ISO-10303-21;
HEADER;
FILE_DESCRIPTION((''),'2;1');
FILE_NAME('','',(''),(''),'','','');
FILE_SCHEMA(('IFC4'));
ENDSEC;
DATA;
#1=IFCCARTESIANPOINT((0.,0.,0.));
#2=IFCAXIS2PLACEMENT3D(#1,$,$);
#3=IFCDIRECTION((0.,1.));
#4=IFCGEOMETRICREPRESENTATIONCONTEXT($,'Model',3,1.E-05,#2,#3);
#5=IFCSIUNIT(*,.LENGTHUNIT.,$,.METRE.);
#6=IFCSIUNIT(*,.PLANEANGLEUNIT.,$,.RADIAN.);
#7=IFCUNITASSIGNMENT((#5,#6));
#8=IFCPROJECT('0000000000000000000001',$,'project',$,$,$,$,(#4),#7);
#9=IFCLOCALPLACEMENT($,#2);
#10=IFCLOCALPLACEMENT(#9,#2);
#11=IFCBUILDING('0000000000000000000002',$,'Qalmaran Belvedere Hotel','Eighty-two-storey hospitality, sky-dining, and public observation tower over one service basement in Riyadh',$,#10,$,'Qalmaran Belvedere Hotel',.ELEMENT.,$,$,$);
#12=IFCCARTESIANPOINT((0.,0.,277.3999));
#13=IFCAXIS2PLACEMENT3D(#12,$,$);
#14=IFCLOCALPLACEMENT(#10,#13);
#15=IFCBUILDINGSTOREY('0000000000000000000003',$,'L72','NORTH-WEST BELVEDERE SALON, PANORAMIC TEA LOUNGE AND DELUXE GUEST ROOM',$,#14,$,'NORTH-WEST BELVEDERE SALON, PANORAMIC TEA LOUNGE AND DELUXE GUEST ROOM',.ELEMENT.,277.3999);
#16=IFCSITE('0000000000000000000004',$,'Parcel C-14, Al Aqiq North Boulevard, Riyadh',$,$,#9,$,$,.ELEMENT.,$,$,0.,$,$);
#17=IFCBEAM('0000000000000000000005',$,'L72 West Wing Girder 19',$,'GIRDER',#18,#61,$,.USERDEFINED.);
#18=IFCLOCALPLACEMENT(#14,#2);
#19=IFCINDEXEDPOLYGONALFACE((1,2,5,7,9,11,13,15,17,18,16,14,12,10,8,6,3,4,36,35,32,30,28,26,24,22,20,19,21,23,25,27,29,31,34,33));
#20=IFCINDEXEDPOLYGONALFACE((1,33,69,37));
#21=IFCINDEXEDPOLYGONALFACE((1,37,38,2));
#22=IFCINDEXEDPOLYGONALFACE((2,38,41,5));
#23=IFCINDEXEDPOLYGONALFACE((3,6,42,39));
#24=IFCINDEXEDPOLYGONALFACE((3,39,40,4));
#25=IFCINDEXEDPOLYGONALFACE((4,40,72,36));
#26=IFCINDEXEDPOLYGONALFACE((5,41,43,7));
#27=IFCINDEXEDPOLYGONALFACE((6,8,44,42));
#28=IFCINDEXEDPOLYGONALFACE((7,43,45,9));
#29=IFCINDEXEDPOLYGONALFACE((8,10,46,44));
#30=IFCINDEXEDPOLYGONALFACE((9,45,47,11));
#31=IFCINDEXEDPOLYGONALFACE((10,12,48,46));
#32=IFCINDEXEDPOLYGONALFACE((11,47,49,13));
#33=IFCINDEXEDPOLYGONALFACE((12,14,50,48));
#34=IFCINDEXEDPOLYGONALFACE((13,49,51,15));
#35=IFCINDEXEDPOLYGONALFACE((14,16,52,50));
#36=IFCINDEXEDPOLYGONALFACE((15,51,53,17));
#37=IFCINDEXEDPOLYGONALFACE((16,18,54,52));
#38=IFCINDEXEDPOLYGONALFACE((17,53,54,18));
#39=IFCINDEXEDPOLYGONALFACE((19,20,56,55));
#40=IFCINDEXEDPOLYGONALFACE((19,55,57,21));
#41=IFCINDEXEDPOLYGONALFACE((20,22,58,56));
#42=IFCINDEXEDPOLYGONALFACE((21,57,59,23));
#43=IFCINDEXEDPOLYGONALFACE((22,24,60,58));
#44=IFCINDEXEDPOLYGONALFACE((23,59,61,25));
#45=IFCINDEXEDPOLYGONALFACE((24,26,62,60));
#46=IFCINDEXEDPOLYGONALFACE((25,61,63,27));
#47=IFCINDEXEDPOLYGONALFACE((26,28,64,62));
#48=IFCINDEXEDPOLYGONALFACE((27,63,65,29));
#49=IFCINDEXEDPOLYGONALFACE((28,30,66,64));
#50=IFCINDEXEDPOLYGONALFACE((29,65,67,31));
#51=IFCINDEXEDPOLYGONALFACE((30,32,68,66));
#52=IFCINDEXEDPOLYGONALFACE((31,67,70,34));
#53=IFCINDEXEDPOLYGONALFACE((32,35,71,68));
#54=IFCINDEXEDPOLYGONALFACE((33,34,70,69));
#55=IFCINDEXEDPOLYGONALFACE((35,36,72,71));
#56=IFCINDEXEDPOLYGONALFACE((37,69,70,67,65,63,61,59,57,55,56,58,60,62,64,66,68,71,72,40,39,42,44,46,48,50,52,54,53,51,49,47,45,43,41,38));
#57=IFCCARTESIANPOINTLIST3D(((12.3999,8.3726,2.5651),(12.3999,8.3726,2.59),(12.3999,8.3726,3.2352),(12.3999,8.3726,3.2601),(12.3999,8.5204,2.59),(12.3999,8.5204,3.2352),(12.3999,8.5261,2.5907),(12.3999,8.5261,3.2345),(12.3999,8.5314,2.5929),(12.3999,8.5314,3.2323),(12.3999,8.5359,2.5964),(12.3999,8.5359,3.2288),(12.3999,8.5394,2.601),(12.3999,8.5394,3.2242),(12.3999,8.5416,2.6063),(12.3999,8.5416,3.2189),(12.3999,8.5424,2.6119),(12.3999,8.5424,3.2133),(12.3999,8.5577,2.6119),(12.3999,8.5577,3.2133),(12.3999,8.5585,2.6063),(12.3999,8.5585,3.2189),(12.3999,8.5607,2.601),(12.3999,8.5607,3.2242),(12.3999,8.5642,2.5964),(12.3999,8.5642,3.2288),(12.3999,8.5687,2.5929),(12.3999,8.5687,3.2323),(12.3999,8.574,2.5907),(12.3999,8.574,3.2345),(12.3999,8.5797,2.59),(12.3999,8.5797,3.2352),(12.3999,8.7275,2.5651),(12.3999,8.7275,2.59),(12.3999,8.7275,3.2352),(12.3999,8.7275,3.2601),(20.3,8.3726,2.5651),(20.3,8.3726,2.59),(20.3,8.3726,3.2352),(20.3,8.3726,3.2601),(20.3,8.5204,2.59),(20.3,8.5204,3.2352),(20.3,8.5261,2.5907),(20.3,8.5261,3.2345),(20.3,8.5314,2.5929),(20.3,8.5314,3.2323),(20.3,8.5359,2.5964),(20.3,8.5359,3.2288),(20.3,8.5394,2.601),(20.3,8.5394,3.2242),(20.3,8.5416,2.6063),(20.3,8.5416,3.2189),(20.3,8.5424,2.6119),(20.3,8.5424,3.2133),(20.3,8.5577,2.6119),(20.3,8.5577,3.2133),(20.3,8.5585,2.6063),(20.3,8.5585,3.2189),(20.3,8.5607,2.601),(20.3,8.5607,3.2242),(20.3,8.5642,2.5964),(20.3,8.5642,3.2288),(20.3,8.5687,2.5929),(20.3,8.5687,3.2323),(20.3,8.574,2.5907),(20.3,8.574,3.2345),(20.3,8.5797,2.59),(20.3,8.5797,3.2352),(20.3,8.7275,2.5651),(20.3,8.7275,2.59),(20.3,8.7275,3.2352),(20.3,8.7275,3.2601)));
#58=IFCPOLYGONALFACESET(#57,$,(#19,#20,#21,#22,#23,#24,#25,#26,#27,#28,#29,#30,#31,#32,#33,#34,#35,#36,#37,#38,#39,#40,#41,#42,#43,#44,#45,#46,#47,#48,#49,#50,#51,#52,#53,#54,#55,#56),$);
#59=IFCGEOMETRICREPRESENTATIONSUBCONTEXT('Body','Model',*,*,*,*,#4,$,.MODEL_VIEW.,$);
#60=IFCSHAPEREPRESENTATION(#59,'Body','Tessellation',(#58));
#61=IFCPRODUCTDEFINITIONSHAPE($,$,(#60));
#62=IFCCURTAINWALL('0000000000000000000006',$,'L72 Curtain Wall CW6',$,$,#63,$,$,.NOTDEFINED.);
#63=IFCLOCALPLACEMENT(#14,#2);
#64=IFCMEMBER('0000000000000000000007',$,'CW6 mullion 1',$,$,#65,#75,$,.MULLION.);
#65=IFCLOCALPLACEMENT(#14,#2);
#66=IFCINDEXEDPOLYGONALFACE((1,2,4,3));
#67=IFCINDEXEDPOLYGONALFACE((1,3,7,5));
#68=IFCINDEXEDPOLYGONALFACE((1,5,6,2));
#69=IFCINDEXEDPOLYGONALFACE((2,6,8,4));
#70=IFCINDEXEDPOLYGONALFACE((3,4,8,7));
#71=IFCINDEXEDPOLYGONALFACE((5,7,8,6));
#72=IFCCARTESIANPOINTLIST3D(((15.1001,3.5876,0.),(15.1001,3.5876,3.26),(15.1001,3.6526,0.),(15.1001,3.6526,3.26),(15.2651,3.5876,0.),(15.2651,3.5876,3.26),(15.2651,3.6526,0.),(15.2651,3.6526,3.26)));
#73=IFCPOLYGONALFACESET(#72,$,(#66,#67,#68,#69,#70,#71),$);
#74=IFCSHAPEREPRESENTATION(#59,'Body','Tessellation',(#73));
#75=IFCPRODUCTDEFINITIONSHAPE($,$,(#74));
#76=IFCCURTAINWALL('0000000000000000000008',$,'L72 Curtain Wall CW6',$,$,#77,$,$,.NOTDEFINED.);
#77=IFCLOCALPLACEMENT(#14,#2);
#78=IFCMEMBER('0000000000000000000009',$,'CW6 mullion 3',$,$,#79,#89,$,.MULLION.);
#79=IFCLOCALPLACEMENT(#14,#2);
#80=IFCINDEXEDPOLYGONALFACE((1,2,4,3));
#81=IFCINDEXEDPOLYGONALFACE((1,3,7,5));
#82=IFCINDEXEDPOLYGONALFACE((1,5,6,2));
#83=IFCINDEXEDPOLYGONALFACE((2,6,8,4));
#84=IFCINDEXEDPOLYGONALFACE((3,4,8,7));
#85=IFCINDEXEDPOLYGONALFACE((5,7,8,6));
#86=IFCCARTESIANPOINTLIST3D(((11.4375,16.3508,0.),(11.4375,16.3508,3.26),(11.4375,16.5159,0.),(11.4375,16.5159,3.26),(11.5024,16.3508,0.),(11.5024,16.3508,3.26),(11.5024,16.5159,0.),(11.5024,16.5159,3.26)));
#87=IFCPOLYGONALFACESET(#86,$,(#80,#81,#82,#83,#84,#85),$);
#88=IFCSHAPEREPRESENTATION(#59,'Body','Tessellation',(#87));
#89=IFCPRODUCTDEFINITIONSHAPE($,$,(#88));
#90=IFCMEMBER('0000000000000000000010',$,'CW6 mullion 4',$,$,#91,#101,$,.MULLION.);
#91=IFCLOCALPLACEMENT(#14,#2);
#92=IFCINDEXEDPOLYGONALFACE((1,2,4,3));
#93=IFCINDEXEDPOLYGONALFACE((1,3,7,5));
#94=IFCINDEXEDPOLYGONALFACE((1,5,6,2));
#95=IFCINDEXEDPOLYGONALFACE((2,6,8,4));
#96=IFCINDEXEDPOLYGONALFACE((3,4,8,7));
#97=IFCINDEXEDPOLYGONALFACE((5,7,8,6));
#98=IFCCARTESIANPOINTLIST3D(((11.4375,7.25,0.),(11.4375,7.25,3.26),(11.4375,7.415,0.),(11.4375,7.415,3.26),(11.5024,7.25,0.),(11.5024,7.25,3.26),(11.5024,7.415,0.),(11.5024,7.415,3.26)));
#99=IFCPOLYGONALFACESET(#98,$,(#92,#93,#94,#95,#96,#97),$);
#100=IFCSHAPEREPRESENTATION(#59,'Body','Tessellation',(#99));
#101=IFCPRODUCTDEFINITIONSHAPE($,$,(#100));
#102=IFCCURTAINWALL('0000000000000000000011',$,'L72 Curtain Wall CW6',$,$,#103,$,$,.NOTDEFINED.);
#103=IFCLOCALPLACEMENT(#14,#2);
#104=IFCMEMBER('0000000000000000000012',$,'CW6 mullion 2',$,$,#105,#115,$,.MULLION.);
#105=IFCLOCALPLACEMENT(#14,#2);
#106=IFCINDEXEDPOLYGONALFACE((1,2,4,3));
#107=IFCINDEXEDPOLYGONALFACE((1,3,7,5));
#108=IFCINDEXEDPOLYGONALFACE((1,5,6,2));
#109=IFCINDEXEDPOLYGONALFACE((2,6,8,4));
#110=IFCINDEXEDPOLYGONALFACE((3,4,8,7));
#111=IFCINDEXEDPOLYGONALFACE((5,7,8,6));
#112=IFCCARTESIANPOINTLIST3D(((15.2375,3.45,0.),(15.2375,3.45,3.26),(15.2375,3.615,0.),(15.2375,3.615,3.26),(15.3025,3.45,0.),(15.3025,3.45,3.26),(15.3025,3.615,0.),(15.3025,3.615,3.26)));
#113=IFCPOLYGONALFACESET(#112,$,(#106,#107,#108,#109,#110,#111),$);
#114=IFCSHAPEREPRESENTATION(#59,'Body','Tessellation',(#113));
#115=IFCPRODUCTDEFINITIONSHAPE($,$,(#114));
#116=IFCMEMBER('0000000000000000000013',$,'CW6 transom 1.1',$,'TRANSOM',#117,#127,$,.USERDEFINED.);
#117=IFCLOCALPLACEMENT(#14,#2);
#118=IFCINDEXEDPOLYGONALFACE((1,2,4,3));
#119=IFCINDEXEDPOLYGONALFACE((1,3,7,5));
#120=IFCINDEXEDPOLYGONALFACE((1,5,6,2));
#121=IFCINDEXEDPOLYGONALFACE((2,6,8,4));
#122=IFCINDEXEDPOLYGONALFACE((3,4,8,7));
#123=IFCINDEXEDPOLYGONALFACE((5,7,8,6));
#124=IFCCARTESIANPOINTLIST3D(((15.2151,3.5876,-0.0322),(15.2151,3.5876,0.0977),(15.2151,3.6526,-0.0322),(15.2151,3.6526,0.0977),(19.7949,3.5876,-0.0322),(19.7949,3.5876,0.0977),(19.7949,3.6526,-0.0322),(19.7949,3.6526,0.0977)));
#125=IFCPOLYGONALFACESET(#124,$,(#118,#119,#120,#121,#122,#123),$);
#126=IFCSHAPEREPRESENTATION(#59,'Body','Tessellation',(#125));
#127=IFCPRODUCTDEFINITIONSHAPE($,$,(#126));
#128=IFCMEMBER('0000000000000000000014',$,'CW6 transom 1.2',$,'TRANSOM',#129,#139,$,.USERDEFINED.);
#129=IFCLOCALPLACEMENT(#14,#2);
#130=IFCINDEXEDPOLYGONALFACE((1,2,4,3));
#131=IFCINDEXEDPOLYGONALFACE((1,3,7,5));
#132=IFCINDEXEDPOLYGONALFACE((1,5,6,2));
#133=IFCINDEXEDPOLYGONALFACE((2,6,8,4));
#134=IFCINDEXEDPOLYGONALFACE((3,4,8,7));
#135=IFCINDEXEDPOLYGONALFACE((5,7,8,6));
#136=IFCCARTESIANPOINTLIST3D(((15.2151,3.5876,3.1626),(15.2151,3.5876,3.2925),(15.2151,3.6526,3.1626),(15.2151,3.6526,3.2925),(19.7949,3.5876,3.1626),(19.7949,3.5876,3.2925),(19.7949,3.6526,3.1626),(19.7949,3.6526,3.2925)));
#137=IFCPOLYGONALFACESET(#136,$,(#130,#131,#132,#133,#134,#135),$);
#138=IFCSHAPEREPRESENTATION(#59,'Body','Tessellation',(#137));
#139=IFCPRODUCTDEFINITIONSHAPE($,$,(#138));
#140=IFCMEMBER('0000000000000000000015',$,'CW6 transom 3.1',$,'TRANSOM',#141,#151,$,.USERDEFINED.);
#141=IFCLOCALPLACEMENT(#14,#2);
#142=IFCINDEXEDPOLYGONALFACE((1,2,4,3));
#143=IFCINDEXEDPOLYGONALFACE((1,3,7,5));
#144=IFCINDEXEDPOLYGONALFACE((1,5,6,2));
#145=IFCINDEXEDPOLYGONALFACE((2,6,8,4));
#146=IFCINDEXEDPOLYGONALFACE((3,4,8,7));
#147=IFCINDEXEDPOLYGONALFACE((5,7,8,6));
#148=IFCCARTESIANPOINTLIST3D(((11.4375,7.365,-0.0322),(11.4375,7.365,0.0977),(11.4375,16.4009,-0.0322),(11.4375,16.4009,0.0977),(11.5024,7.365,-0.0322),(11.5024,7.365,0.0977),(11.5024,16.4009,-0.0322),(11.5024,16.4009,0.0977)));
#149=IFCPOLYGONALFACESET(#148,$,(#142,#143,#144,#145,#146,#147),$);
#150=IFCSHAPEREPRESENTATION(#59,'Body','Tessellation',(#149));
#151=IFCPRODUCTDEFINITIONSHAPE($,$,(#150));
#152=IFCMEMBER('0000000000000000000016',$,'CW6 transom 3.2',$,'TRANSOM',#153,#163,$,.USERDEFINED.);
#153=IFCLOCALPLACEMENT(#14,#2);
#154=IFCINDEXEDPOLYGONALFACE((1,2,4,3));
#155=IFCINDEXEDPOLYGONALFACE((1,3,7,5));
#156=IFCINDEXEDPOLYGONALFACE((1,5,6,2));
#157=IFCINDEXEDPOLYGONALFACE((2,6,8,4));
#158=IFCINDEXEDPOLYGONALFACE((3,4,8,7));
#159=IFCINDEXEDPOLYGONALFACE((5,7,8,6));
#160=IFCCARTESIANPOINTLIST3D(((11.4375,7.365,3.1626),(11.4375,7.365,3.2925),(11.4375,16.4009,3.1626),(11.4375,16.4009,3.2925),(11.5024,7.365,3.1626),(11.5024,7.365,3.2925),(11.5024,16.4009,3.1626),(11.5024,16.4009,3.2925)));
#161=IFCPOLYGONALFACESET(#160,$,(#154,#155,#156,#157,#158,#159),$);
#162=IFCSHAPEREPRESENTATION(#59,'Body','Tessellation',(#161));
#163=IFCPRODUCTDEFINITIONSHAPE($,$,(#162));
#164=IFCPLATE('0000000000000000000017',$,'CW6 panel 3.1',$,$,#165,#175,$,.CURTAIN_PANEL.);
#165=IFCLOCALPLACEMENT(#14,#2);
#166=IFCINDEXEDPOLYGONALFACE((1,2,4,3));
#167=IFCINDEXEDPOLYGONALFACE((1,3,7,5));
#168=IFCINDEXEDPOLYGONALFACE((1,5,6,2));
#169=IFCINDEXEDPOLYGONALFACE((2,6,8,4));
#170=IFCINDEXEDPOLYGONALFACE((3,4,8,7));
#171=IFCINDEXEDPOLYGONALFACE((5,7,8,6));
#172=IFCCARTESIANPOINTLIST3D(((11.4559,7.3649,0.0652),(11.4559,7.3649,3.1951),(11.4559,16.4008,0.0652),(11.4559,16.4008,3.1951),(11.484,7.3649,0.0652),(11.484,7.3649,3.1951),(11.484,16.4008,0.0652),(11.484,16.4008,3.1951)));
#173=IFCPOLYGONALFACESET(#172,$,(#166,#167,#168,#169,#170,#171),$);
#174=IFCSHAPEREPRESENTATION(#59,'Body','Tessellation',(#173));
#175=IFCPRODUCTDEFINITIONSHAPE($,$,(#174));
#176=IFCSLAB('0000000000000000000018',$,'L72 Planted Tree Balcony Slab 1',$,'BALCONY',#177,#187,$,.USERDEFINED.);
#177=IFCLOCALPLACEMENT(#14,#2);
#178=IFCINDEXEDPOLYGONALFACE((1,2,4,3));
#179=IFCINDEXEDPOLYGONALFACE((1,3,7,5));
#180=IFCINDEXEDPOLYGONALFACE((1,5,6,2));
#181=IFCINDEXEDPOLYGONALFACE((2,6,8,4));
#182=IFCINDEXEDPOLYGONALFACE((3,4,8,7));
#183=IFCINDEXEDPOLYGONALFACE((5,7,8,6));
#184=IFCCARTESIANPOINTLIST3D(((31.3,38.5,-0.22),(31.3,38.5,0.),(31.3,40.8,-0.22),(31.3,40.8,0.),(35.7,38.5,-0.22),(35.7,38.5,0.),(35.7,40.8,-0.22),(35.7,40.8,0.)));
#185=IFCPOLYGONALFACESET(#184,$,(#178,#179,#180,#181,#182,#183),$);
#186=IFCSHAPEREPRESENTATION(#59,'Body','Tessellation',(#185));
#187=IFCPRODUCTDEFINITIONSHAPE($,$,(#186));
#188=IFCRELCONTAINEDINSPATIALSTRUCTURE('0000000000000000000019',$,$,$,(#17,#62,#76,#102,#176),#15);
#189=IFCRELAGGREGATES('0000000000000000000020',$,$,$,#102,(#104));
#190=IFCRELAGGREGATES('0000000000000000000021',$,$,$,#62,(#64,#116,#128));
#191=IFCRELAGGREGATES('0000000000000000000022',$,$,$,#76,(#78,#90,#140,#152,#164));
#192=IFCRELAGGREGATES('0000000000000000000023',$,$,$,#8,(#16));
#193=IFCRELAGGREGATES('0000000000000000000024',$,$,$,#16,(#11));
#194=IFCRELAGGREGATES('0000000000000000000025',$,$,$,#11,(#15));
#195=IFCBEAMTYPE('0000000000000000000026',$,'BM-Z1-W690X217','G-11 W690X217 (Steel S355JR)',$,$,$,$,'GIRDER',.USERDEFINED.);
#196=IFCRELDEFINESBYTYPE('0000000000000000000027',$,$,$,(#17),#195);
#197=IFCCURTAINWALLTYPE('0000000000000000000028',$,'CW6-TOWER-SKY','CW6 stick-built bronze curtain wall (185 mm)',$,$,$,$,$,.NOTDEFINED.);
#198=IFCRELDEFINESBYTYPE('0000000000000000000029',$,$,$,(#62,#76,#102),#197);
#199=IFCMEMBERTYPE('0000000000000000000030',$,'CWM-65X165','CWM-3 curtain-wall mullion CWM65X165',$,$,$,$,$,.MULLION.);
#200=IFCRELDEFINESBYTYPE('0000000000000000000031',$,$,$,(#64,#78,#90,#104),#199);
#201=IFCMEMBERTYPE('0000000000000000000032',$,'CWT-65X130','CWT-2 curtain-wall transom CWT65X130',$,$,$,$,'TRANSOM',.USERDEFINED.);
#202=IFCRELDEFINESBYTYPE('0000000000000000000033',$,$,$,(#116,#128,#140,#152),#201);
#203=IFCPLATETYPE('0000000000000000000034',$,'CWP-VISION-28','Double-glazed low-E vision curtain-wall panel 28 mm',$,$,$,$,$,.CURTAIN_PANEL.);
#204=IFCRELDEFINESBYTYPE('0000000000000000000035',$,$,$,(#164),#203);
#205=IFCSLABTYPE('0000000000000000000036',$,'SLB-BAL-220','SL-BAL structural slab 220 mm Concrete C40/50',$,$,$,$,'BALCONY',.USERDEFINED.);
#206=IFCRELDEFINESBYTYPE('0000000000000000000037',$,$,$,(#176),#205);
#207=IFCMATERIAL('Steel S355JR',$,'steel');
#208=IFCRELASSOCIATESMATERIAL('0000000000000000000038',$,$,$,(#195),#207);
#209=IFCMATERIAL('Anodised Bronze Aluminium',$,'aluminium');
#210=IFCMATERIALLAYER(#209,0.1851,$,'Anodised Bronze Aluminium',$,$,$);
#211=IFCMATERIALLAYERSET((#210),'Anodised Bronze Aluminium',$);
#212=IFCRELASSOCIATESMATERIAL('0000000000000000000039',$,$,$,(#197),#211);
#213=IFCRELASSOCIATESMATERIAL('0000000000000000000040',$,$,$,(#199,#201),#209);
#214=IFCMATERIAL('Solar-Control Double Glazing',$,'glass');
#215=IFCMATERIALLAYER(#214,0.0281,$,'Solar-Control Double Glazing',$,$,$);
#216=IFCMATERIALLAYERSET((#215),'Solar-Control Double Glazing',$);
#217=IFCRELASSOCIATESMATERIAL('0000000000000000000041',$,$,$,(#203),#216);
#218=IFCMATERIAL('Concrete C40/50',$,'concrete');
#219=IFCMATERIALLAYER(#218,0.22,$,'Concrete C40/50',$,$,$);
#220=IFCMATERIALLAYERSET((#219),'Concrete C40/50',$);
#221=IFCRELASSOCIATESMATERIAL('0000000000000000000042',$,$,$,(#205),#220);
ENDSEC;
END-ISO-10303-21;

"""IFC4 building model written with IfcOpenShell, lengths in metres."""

from ifc_helpers import new_model, si_unit, direction, frame, origin, origin_2d, place, context, subcontext, project, spatial, polyline, rectangle, i_section, outline, extrude, material, layer, layer_set, material_profile, profile_set, type_object, element, aggregate, save


model = new_model("IFC4")

# Units and contexts
model_context = context("Model", 3, precision=1e-05, world=origin(), true_north=direction((0.0, 1.0)))
body_context = subcontext(model_context, "Body", "Model", "MODEL_VIEW")
ifc_project = project(units=[si_unit("LENGTHUNIT", "METRE"), si_unit("PLANEANGLEUNIT", "RADIAN")], contexts=[model_context])

# Site, building, storey
site_placement = place(None, origin())
site = spatial("IfcSite", under=ifc_project, at=site_placement, Name="Parcel C-14, Al Aqiq North Boulevard, Riyadh", CompositionType="ELEMENT", RefElevation=0.0)
building_placement = place(site_placement, origin())
building = spatial("IfcBuilding", under=site, at=building_placement, Name="Qalmaran Belvedere Hotel", Description="Eighty-two-storey hospitality, sky-dining, and public observation tower over one service basement in Riyadh", LongName="Qalmaran Belvedere Hotel", CompositionType="ELEMENT")
storey_placement = place(building_placement, frame((0.0, 0.0, 277.3999)))
storey = spatial("IfcBuildingStorey", under=building, at=storey_placement, Name="L72", Description="NORTH-WEST BELVEDERE SALON, PANORAMIC TEA LOUNGE AND DELUXE GUEST ROOM", LongName="NORTH-WEST BELVEDERE SALON, PANORAMIC TEA LOUNGE AND DELUXE GUEST ROOM", CompositionType="ELEMENT", Elevation=277.3999)

# Beam
ifc_material_1 = material(Name="Steel S355JR", Category="steel")
ifc_material_profile_1 = material_profile(ifc_material_1, i_section(OverallWidth=0.355, OverallDepth=0.6951, WebThickness=0.0154, FlangeThickness=0.0249, FilletRadius=0.022, at=origin_2d()), Name="W690X217")
ifc_profile_set_1 = profile_set([ifc_material_profile_1], Name="Steel S355JR")
beam_type_1 = type_object("IfcBeamType", Name="BM-Z1-W690X217", Description="G-11 W690X217 (Steel S355JR)", ElementType="GIRDER", PredefinedType="USERDEFINED", material=ifc_profile_set_1)
beam_1_placement = place(storey_placement, frame((12.3999, 8.55, 2.9126), z_axis=(1.0, 0.0, 0.0), x_axis=(0.0, 1.0, 0.0)))
element("IfcBeam", 1, at=beam_1_placement, inside=storey, type_object=beam_type_1, Name="L72 West Wing Girder 19", ObjectType="GIRDER", PredefinedType="USERDEFINED", context=body_context, shape_type="SweptSolid", body=[
    extrude(i_section(OverallWidth=0.355, OverallDepth=0.6951, WebThickness=0.0154, FlangeThickness=0.0249, FilletRadius=0.022, at=origin_2d()), origin(), (0.0, 0.0, 1.0), 7.9001),
])

# Curtain wall, member
ifc_material_2 = material(Name="Anodised Bronze Aluminium", Category="aluminium")
ifc_layer_1 = layer(ifc_material_2, 0.1851, Name="Anodised Bronze Aluminium")
ifc_layer_set_1 = layer_set([ifc_layer_1], Name="Anodised Bronze Aluminium")
curtain_wall_type = type_object("IfcCurtainWallType", Name="CW6-TOWER-SKY", Description="CW6 stick-built bronze curtain wall (185 mm)", PredefinedType="NOTDEFINED", material=ifc_layer_set_1)
curtain_wall_1_placement = place(storey_placement, origin())
curtain_wall_1 = element("IfcCurtainWall", 2, at=curtain_wall_1_placement, inside=storey, type_object=curtain_wall_type, Name="L72 Curtain Wall CW6", PredefinedType="NOTDEFINED")
ifc_material_profile_2 = material_profile(ifc_material_2, rectangle(XDim=0.0649, YDim=0.165, at=origin_2d()), Name="CWM65X165")
ifc_profile_set_2 = profile_set([ifc_material_profile_2], Name="Anodised Bronze Aluminium")
member_type_1 = type_object("IfcMemberType", Name="CWM-65X165", Description="CWM-3 curtain-wall mullion CWM65X165", PredefinedType="MULLION", material=ifc_profile_set_2)
member_1_placement = place(storey_placement, frame((15.1826, 3.6201, 0.0), z_axis=(0.0, 0.0, 1.0), x_axis=(0.0, 1.0, 0.0)))
member_1 = element("IfcMember", 3, at=member_1_placement, type_object=member_type_1, Name="CW6 mullion 1", PredefinedType="MULLION", context=body_context, shape_type="SweptSolid", body=[
    extrude(rectangle(XDim=0.0649, YDim=0.165, at=origin_2d()), origin(), (0.0, 0.0, 1.0), 3.26),
])

# Curtain wall, members
curtain_wall_2_placement = place(storey_placement, origin())
curtain_wall_2 = element("IfcCurtainWall", 4, at=curtain_wall_2_placement, inside=storey, type_object=curtain_wall_type, Name="L72 Curtain Wall CW6", PredefinedType="NOTDEFINED")
member_2_placement = place(storey_placement, frame((11.47, 16.4333, 0.0), z_axis=(0.0, 0.0, 1.0), x_axis=(1.0, 0.0, 0.0)))
member_2 = element("IfcMember", 5, at=member_2_placement, type_object=member_type_1, Name="CW6 mullion 3", PredefinedType="MULLION", context=body_context, shape_type="SweptSolid", body=[
    extrude(rectangle(XDim=0.0649, YDim=0.165, at=origin_2d()), origin(), (0.0, 0.0, 1.0), 3.26),
])
member_3_placement = place(storey_placement, frame((11.47, 7.3325, 0.0), z_axis=(0.0, 0.0, 1.0), x_axis=(1.0, 0.0, 0.0)))
member_3 = element("IfcMember", 6, at=member_3_placement, type_object=member_type_1, Name="CW6 mullion 4", PredefinedType="MULLION", context=body_context, shape_type="SweptSolid", body=[
    extrude(rectangle(XDim=0.0649, YDim=0.165, at=origin_2d()), origin(), (0.0, 0.0, 1.0), 3.26),
])

# Curtain wall, member
curtain_wall_3_placement = place(storey_placement, origin())
curtain_wall_3 = element("IfcCurtainWall", 7, at=curtain_wall_3_placement, inside=storey, type_object=curtain_wall_type, Name="L72 Curtain Wall CW6", PredefinedType="NOTDEFINED")
member_4_placement = place(storey_placement, frame((15.27, 3.5325, 0.0), z_axis=(0.0, 0.0, 1.0), x_axis=(1.0, 0.0, 0.0)))
member_4 = element("IfcMember", 8, at=member_4_placement, type_object=member_type_1, Name="CW6 mullion 2", PredefinedType="MULLION", context=body_context, shape_type="SweptSolid", body=[
    extrude(rectangle(XDim=0.0649, YDim=0.165, at=origin_2d()), origin(), (0.0, 0.0, 1.0), 3.26),
])
aggregate(curtain_wall_3, [member_4])

# Members
ifc_material_profile_3 = material_profile(ifc_material_2, rectangle(XDim=0.0649, YDim=0.1299, at=origin_2d()), Name="CWT65X130")
ifc_profile_set_3 = profile_set([ifc_material_profile_3], Name="Anodised Bronze Aluminium")
member_type_2 = type_object("IfcMemberType", Name="CWT-65X130", Description="CWT-2 curtain-wall transom CWT65X130", ElementType="TRANSOM", PredefinedType="USERDEFINED", material=ifc_profile_set_3)
member_5_placement = place(storey_placement, frame((15.2151, 3.6201, 0.0327), z_axis=(1.0, 0.0, 0.0), x_axis=(0.0, 1.0, 0.0)))
member_5 = element("IfcMember", 9, at=member_5_placement, type_object=member_type_2, Name="CW6 transom 1.1", ObjectType="TRANSOM", PredefinedType="USERDEFINED", context=body_context, shape_type="SweptSolid", body=[
    extrude(rectangle(XDim=0.0649, YDim=0.1299, at=origin_2d()), origin(), (0.0, 0.0, 1.0), 4.5798),
])
member_6_placement = place(storey_placement, frame((15.2151, 3.6201, 3.2275), z_axis=(1.0, 0.0, 0.0), x_axis=(0.0, 1.0, 0.0)))
member_6 = element("IfcMember", 10, at=member_6_placement, type_object=member_type_2, Name="CW6 transom 1.2", ObjectType="TRANSOM", PredefinedType="USERDEFINED", context=body_context, shape_type="SweptSolid", body=[
    extrude(rectangle(XDim=0.0649, YDim=0.1299, at=origin_2d()), origin(), (0.0, 0.0, 1.0), 4.5798),
])
aggregate(curtain_wall_1, [member_1, member_5, member_6])
member_7_placement = place(storey_placement, frame((11.47, 16.4009, 0.0327), z_axis=(0.0, -1.0, 0.0), x_axis=(1.0, 0.0, 0.0)))
member_7 = element("IfcMember", 11, at=member_7_placement, type_object=member_type_2, Name="CW6 transom 3.1", ObjectType="TRANSOM", PredefinedType="USERDEFINED", context=body_context, shape_type="SweptSolid", body=[
    extrude(rectangle(XDim=0.0649, YDim=0.1299, at=origin_2d()), origin(), (0.0, 0.0, 1.0), 9.0359),
])
member_8_placement = place(storey_placement, frame((11.47, 16.4009, 3.2275), z_axis=(0.0, -1.0, 0.0), x_axis=(1.0, 0.0, 0.0)))
member_8 = element("IfcMember", 12, at=member_8_placement, type_object=member_type_2, Name="CW6 transom 3.2", ObjectType="TRANSOM", PredefinedType="USERDEFINED", context=body_context, shape_type="SweptSolid", body=[
    extrude(rectangle(XDim=0.0649, YDim=0.1299, at=origin_2d()), origin(), (0.0, 0.0, 1.0), 9.0359),
])

# Plate
ifc_material_3 = material(Name="Solar-Control Double Glazing", Category="glass")
ifc_layer_2 = layer(ifc_material_3, 0.0281, Name="Solar-Control Double Glazing")
ifc_layer_set_2 = layer_set([ifc_layer_2], Name="Solar-Control Double Glazing")
plate_type = type_object("IfcPlateType", Name="CWP-VISION-28", Description="Double-glazed low-E vision curtain-wall panel 28 mm", PredefinedType="CURTAIN_PANEL", material=ifc_layer_set_2)
plate_placement = place(storey_placement, frame((11.47, 11.8828, 0.0652), z_axis=(0.0, 0.0, 1.0), x_axis=(0.0, -1.0, 0.0)))
plate = element("IfcPlate", 13, at=plate_placement, type_object=plate_type, Name="CW6 panel 3.1", PredefinedType="CURTAIN_PANEL", context=body_context, shape_type="SweptSolid", body=[
    extrude(rectangle(XDim=9.0359, YDim=0.0281, at=origin_2d()), origin(), (0.0, 0.0, 1.0), 3.1299),
])
aggregate(curtain_wall_2, [member_2, member_3, member_7, member_8, plate])

# Slab
ifc_material_4 = material(Name="Concrete C40/50", Category="concrete")
ifc_layer_3 = layer(ifc_material_4, 0.22, Name="Concrete C40/50")
ifc_layer_set_3 = layer_set([ifc_layer_3], Name="Concrete C40/50")
slab_type_1 = type_object("IfcSlabType", Name="SLB-BAL-220", Description="SL-BAL structural slab 220 mm Concrete C40/50", ElementType="BALCONY", PredefinedType="USERDEFINED", material=ifc_layer_set_3)
slab_1_placement = place(storey_placement, frame((0.0, 0.0, -0.22)))
element("IfcSlab", 14, at=slab_1_placement, inside=storey, type_object=slab_type_1, Name="L72 Planted Tree Balcony Slab 1", ObjectType="BALCONY", PredefinedType="USERDEFINED", context=body_context, shape_type="SweptSolid", body=[
    extrude(outline(polyline([(31.3, 38.5), (35.7, 38.5), (35.7, 40.8), (31.3, 40.8), (31.3, 38.5)])), origin(), (0.0, 0.0, 1.0), 0.22),
])

save(model, "model.ifc")
